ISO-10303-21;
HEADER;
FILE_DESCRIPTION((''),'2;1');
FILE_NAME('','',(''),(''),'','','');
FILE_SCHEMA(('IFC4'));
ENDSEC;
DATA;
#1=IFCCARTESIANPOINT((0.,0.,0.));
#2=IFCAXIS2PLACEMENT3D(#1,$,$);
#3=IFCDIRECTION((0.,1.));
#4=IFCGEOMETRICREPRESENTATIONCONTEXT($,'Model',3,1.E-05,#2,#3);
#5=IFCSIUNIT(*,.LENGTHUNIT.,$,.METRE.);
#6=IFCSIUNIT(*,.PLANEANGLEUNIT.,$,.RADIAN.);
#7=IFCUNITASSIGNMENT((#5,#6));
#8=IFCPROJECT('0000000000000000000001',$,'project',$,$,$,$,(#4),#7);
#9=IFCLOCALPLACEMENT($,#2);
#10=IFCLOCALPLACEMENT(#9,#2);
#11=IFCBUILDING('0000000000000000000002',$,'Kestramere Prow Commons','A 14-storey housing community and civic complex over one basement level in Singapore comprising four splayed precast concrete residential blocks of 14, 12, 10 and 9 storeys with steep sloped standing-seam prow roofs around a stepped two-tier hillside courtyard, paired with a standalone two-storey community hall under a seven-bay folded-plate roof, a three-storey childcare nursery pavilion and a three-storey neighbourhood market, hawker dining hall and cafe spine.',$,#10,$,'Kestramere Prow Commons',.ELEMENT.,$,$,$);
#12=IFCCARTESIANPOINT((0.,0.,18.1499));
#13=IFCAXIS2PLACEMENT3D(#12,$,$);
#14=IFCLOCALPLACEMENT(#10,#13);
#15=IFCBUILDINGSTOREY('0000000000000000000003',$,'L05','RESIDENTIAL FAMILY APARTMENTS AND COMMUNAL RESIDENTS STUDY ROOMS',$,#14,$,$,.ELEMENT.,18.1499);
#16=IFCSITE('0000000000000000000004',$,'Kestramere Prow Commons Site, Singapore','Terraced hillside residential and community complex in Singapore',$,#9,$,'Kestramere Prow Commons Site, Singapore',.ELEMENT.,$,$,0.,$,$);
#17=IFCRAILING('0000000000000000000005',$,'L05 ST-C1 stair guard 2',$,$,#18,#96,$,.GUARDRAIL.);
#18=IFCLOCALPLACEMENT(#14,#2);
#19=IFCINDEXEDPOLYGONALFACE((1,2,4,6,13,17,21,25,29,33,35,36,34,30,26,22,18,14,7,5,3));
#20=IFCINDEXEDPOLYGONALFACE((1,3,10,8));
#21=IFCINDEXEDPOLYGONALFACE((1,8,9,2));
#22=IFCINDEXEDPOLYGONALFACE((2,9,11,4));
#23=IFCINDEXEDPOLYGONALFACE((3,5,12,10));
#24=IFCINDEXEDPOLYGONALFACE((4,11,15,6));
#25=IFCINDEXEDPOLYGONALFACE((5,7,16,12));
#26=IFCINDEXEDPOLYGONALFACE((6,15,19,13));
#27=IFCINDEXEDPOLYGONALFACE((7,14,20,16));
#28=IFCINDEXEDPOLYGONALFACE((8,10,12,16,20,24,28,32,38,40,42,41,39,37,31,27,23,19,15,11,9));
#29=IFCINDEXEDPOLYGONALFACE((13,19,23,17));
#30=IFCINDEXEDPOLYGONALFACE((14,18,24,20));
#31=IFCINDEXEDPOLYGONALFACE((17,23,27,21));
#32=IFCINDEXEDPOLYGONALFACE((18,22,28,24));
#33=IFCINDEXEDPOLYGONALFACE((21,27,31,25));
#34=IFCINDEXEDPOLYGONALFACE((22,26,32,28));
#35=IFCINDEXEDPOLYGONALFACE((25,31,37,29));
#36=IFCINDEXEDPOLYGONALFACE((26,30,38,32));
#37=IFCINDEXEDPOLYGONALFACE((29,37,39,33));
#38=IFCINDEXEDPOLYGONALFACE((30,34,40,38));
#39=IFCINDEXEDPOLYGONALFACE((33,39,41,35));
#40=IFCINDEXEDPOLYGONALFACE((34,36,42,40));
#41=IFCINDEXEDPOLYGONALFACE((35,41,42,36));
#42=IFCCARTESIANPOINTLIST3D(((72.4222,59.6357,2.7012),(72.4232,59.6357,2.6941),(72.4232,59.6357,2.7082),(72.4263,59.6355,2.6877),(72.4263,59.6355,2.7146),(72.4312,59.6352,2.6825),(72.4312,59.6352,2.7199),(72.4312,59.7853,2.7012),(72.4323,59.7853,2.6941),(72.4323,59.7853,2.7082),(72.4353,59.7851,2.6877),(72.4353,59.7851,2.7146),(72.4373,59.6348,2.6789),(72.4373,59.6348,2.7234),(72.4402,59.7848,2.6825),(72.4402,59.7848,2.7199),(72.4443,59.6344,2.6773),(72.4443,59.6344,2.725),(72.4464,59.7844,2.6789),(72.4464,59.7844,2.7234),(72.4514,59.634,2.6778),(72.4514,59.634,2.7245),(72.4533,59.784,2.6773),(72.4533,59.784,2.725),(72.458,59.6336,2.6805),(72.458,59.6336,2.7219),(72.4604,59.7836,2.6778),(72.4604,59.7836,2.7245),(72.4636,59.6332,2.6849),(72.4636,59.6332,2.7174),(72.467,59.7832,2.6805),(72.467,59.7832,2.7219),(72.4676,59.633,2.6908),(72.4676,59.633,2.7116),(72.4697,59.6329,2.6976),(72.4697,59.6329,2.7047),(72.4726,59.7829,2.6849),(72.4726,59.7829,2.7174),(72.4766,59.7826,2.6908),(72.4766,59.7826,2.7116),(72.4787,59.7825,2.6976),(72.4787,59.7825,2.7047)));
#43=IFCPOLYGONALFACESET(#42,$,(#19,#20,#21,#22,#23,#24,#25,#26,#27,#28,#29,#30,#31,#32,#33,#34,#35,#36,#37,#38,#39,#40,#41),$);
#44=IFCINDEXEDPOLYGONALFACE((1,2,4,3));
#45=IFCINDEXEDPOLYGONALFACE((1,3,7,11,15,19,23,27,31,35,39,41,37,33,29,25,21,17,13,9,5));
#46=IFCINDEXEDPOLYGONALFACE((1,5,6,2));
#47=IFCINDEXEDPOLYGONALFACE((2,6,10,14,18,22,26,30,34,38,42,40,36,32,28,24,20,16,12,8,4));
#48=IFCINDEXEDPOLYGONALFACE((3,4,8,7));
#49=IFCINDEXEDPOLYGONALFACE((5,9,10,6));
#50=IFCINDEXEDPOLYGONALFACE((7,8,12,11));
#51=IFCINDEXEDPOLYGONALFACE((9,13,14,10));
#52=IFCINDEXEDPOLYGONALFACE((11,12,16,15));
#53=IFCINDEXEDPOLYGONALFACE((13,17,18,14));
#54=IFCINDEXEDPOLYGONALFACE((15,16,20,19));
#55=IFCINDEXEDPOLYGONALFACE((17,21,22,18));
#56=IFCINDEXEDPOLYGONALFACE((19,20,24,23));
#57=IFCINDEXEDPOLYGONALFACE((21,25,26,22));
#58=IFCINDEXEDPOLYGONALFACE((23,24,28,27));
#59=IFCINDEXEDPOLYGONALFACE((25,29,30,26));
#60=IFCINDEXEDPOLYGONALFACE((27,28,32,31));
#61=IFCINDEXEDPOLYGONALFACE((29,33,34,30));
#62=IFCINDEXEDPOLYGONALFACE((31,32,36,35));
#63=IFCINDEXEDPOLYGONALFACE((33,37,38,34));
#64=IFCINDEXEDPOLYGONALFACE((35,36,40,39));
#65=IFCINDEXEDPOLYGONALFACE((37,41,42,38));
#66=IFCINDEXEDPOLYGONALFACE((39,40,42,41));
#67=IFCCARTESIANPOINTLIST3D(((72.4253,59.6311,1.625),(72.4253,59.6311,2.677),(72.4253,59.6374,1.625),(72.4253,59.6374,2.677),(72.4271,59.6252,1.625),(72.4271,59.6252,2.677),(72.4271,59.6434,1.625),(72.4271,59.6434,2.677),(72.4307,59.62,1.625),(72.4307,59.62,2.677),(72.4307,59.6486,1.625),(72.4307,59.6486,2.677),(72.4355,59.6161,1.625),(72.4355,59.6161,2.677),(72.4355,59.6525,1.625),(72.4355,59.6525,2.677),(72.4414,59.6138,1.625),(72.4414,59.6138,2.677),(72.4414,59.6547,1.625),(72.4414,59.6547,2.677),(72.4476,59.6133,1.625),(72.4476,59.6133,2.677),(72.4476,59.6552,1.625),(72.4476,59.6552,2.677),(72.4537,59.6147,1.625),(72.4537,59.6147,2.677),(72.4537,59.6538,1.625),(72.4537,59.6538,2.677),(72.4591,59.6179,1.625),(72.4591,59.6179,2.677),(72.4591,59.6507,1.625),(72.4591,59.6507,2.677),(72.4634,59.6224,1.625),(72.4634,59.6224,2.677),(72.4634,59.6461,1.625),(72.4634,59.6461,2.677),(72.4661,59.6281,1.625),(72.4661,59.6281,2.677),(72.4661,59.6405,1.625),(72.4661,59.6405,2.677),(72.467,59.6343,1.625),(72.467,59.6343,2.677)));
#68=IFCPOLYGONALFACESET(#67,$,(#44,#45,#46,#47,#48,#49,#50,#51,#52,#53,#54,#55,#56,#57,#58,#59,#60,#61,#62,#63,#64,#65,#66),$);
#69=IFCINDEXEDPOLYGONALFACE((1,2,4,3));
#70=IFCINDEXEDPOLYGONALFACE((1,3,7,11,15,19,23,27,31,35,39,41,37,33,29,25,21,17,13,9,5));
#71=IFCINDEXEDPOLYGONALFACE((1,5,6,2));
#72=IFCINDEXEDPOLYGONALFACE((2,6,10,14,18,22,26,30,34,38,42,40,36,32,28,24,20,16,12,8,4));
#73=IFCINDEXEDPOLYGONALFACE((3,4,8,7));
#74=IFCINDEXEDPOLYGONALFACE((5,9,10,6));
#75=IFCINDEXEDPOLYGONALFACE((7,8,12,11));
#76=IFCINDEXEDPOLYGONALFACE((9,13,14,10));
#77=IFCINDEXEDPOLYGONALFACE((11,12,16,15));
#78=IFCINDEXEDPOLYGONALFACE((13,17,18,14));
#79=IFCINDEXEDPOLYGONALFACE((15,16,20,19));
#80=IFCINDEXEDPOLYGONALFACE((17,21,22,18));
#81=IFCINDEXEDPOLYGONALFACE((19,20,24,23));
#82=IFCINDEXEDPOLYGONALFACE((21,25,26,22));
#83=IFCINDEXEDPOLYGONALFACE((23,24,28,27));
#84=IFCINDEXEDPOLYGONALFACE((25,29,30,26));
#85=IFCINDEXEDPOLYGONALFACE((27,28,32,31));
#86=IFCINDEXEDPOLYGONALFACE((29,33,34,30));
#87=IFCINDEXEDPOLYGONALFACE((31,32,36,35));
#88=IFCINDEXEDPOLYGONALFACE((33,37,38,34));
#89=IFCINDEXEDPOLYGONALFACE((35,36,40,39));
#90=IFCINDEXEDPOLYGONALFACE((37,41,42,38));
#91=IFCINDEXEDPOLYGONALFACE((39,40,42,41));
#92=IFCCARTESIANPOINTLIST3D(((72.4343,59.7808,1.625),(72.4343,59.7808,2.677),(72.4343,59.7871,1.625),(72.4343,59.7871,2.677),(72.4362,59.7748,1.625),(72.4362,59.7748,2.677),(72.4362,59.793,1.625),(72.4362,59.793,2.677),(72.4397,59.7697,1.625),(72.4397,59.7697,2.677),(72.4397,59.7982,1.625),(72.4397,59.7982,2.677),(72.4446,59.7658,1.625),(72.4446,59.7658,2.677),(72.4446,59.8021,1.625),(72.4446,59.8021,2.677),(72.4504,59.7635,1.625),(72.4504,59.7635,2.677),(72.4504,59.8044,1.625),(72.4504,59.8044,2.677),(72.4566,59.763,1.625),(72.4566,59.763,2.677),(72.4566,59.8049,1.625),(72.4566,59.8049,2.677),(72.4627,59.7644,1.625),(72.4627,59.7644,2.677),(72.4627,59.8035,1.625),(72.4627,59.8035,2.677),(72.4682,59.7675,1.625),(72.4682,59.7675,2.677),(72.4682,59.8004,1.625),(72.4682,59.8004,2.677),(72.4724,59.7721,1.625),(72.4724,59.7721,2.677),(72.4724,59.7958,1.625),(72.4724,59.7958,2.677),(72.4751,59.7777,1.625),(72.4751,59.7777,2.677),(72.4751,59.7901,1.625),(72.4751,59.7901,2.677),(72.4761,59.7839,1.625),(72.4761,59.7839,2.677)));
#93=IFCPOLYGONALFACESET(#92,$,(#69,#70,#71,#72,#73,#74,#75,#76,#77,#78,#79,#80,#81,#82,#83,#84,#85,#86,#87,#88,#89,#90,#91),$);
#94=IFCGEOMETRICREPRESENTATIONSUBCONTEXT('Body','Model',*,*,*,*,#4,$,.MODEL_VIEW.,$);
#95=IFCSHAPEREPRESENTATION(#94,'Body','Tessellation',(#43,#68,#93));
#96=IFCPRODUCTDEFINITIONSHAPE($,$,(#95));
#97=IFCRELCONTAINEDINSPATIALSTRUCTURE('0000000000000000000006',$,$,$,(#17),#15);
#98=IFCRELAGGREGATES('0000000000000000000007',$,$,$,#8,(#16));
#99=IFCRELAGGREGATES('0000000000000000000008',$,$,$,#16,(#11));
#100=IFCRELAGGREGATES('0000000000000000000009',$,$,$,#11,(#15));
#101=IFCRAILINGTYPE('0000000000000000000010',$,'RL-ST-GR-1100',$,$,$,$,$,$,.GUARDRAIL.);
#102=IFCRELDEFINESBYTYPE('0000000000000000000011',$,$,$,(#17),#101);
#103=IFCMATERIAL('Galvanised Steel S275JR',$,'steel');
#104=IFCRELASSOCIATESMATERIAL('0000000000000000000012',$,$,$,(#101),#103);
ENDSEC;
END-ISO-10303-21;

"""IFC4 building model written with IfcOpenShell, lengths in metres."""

from ifc_helpers import new_model, si_unit, direction, frame, origin, origin_2d, place, context, subcontext, project, spatial, circle, extrude, material, type_object, element, save


model = new_model("IFC4")

# Units and contexts
model_context = context("Model", 3, precision=1e-05, world=origin(), true_north=direction((0.0, 1.0)))
body_context = subcontext(model_context, "Body", "Model", "MODEL_VIEW")
ifc_project = project(units=[si_unit("LENGTHUNIT", "METRE"), si_unit("PLANEANGLEUNIT", "RADIAN")], contexts=[model_context])

# Site, building, storey
site_placement = place(None, origin())
site = spatial("IfcSite", under=ifc_project, at=site_placement, Name="Kestramere Prow Commons Site, Singapore", Description="Terraced hillside residential and community complex in Singapore", LongName="Kestramere Prow Commons Site, Singapore", CompositionType="ELEMENT", RefElevation=0.0)
building_placement = place(site_placement, origin())
building = spatial("IfcBuilding", under=site, at=building_placement, Name="Kestramere Prow Commons", Description="A 14-storey housing community and civic complex over one basement level in Singapore comprising four splayed precast concrete residential blocks of 14, 12, 10 and 9 storeys with steep sloped standing-seam prow roofs around a stepped two-tier hillside courtyard, paired with a standalone two-storey community hall under a seven-bay folded-plate roof, a three-storey childcare nursery pavilion and a three-storey neighbourhood market, hawker dining hall and cafe spine.", LongName="Kestramere Prow Commons", CompositionType="ELEMENT")
storey_placement = place(building_placement, frame((0.0, 0.0, 18.1499)))
storey = spatial("IfcBuildingStorey", under=building, at=storey_placement, Name="L05", Description="RESIDENTIAL FAMILY APARTMENTS AND COMMUNAL RESIDENTS STUDY ROOMS", CompositionType="ELEMENT", Elevation=18.1499)

# Railing
ifc_material_1 = material(Name="Galvanised Steel S275JR", Category="steel")
railing_type_1 = type_object("IfcRailingType", Name="RL-ST-GR-1100", PredefinedType="GUARDRAIL", material=ifc_material_1)
railing_1_placement = place(storey_placement, frame((72.446, 59.6343, 1.625)))
element("IfcRailing", 1, at=railing_1_placement, inside=storey, type_object=railing_type_1, Name="L05 ST-C1 stair guard 2", PredefinedType="GUARDRAIL", context=body_context, shape_type="SweptSolid", body=[
    extrude(circle(Radius=0.0239, at=origin_2d()), frame((0.0, 0.0, 1.0762), z_axis=(0.060249, 0.998183, 0.0), x_axis=(-0.998183, 0.060249, 0.0)), (0.0, 0.0, 1.0), 0.1499),
    extrude(circle(Radius=0.021, at=origin_2d()), origin(), (0.0, 0.0, 1.0), 1.052),
    extrude(circle(Radius=0.021, at=origin_2d()), frame((0.009, 0.1497, 0.0)), (0.0, 0.0, 1.0), 1.052),
])

save(model, "model.ifc")
